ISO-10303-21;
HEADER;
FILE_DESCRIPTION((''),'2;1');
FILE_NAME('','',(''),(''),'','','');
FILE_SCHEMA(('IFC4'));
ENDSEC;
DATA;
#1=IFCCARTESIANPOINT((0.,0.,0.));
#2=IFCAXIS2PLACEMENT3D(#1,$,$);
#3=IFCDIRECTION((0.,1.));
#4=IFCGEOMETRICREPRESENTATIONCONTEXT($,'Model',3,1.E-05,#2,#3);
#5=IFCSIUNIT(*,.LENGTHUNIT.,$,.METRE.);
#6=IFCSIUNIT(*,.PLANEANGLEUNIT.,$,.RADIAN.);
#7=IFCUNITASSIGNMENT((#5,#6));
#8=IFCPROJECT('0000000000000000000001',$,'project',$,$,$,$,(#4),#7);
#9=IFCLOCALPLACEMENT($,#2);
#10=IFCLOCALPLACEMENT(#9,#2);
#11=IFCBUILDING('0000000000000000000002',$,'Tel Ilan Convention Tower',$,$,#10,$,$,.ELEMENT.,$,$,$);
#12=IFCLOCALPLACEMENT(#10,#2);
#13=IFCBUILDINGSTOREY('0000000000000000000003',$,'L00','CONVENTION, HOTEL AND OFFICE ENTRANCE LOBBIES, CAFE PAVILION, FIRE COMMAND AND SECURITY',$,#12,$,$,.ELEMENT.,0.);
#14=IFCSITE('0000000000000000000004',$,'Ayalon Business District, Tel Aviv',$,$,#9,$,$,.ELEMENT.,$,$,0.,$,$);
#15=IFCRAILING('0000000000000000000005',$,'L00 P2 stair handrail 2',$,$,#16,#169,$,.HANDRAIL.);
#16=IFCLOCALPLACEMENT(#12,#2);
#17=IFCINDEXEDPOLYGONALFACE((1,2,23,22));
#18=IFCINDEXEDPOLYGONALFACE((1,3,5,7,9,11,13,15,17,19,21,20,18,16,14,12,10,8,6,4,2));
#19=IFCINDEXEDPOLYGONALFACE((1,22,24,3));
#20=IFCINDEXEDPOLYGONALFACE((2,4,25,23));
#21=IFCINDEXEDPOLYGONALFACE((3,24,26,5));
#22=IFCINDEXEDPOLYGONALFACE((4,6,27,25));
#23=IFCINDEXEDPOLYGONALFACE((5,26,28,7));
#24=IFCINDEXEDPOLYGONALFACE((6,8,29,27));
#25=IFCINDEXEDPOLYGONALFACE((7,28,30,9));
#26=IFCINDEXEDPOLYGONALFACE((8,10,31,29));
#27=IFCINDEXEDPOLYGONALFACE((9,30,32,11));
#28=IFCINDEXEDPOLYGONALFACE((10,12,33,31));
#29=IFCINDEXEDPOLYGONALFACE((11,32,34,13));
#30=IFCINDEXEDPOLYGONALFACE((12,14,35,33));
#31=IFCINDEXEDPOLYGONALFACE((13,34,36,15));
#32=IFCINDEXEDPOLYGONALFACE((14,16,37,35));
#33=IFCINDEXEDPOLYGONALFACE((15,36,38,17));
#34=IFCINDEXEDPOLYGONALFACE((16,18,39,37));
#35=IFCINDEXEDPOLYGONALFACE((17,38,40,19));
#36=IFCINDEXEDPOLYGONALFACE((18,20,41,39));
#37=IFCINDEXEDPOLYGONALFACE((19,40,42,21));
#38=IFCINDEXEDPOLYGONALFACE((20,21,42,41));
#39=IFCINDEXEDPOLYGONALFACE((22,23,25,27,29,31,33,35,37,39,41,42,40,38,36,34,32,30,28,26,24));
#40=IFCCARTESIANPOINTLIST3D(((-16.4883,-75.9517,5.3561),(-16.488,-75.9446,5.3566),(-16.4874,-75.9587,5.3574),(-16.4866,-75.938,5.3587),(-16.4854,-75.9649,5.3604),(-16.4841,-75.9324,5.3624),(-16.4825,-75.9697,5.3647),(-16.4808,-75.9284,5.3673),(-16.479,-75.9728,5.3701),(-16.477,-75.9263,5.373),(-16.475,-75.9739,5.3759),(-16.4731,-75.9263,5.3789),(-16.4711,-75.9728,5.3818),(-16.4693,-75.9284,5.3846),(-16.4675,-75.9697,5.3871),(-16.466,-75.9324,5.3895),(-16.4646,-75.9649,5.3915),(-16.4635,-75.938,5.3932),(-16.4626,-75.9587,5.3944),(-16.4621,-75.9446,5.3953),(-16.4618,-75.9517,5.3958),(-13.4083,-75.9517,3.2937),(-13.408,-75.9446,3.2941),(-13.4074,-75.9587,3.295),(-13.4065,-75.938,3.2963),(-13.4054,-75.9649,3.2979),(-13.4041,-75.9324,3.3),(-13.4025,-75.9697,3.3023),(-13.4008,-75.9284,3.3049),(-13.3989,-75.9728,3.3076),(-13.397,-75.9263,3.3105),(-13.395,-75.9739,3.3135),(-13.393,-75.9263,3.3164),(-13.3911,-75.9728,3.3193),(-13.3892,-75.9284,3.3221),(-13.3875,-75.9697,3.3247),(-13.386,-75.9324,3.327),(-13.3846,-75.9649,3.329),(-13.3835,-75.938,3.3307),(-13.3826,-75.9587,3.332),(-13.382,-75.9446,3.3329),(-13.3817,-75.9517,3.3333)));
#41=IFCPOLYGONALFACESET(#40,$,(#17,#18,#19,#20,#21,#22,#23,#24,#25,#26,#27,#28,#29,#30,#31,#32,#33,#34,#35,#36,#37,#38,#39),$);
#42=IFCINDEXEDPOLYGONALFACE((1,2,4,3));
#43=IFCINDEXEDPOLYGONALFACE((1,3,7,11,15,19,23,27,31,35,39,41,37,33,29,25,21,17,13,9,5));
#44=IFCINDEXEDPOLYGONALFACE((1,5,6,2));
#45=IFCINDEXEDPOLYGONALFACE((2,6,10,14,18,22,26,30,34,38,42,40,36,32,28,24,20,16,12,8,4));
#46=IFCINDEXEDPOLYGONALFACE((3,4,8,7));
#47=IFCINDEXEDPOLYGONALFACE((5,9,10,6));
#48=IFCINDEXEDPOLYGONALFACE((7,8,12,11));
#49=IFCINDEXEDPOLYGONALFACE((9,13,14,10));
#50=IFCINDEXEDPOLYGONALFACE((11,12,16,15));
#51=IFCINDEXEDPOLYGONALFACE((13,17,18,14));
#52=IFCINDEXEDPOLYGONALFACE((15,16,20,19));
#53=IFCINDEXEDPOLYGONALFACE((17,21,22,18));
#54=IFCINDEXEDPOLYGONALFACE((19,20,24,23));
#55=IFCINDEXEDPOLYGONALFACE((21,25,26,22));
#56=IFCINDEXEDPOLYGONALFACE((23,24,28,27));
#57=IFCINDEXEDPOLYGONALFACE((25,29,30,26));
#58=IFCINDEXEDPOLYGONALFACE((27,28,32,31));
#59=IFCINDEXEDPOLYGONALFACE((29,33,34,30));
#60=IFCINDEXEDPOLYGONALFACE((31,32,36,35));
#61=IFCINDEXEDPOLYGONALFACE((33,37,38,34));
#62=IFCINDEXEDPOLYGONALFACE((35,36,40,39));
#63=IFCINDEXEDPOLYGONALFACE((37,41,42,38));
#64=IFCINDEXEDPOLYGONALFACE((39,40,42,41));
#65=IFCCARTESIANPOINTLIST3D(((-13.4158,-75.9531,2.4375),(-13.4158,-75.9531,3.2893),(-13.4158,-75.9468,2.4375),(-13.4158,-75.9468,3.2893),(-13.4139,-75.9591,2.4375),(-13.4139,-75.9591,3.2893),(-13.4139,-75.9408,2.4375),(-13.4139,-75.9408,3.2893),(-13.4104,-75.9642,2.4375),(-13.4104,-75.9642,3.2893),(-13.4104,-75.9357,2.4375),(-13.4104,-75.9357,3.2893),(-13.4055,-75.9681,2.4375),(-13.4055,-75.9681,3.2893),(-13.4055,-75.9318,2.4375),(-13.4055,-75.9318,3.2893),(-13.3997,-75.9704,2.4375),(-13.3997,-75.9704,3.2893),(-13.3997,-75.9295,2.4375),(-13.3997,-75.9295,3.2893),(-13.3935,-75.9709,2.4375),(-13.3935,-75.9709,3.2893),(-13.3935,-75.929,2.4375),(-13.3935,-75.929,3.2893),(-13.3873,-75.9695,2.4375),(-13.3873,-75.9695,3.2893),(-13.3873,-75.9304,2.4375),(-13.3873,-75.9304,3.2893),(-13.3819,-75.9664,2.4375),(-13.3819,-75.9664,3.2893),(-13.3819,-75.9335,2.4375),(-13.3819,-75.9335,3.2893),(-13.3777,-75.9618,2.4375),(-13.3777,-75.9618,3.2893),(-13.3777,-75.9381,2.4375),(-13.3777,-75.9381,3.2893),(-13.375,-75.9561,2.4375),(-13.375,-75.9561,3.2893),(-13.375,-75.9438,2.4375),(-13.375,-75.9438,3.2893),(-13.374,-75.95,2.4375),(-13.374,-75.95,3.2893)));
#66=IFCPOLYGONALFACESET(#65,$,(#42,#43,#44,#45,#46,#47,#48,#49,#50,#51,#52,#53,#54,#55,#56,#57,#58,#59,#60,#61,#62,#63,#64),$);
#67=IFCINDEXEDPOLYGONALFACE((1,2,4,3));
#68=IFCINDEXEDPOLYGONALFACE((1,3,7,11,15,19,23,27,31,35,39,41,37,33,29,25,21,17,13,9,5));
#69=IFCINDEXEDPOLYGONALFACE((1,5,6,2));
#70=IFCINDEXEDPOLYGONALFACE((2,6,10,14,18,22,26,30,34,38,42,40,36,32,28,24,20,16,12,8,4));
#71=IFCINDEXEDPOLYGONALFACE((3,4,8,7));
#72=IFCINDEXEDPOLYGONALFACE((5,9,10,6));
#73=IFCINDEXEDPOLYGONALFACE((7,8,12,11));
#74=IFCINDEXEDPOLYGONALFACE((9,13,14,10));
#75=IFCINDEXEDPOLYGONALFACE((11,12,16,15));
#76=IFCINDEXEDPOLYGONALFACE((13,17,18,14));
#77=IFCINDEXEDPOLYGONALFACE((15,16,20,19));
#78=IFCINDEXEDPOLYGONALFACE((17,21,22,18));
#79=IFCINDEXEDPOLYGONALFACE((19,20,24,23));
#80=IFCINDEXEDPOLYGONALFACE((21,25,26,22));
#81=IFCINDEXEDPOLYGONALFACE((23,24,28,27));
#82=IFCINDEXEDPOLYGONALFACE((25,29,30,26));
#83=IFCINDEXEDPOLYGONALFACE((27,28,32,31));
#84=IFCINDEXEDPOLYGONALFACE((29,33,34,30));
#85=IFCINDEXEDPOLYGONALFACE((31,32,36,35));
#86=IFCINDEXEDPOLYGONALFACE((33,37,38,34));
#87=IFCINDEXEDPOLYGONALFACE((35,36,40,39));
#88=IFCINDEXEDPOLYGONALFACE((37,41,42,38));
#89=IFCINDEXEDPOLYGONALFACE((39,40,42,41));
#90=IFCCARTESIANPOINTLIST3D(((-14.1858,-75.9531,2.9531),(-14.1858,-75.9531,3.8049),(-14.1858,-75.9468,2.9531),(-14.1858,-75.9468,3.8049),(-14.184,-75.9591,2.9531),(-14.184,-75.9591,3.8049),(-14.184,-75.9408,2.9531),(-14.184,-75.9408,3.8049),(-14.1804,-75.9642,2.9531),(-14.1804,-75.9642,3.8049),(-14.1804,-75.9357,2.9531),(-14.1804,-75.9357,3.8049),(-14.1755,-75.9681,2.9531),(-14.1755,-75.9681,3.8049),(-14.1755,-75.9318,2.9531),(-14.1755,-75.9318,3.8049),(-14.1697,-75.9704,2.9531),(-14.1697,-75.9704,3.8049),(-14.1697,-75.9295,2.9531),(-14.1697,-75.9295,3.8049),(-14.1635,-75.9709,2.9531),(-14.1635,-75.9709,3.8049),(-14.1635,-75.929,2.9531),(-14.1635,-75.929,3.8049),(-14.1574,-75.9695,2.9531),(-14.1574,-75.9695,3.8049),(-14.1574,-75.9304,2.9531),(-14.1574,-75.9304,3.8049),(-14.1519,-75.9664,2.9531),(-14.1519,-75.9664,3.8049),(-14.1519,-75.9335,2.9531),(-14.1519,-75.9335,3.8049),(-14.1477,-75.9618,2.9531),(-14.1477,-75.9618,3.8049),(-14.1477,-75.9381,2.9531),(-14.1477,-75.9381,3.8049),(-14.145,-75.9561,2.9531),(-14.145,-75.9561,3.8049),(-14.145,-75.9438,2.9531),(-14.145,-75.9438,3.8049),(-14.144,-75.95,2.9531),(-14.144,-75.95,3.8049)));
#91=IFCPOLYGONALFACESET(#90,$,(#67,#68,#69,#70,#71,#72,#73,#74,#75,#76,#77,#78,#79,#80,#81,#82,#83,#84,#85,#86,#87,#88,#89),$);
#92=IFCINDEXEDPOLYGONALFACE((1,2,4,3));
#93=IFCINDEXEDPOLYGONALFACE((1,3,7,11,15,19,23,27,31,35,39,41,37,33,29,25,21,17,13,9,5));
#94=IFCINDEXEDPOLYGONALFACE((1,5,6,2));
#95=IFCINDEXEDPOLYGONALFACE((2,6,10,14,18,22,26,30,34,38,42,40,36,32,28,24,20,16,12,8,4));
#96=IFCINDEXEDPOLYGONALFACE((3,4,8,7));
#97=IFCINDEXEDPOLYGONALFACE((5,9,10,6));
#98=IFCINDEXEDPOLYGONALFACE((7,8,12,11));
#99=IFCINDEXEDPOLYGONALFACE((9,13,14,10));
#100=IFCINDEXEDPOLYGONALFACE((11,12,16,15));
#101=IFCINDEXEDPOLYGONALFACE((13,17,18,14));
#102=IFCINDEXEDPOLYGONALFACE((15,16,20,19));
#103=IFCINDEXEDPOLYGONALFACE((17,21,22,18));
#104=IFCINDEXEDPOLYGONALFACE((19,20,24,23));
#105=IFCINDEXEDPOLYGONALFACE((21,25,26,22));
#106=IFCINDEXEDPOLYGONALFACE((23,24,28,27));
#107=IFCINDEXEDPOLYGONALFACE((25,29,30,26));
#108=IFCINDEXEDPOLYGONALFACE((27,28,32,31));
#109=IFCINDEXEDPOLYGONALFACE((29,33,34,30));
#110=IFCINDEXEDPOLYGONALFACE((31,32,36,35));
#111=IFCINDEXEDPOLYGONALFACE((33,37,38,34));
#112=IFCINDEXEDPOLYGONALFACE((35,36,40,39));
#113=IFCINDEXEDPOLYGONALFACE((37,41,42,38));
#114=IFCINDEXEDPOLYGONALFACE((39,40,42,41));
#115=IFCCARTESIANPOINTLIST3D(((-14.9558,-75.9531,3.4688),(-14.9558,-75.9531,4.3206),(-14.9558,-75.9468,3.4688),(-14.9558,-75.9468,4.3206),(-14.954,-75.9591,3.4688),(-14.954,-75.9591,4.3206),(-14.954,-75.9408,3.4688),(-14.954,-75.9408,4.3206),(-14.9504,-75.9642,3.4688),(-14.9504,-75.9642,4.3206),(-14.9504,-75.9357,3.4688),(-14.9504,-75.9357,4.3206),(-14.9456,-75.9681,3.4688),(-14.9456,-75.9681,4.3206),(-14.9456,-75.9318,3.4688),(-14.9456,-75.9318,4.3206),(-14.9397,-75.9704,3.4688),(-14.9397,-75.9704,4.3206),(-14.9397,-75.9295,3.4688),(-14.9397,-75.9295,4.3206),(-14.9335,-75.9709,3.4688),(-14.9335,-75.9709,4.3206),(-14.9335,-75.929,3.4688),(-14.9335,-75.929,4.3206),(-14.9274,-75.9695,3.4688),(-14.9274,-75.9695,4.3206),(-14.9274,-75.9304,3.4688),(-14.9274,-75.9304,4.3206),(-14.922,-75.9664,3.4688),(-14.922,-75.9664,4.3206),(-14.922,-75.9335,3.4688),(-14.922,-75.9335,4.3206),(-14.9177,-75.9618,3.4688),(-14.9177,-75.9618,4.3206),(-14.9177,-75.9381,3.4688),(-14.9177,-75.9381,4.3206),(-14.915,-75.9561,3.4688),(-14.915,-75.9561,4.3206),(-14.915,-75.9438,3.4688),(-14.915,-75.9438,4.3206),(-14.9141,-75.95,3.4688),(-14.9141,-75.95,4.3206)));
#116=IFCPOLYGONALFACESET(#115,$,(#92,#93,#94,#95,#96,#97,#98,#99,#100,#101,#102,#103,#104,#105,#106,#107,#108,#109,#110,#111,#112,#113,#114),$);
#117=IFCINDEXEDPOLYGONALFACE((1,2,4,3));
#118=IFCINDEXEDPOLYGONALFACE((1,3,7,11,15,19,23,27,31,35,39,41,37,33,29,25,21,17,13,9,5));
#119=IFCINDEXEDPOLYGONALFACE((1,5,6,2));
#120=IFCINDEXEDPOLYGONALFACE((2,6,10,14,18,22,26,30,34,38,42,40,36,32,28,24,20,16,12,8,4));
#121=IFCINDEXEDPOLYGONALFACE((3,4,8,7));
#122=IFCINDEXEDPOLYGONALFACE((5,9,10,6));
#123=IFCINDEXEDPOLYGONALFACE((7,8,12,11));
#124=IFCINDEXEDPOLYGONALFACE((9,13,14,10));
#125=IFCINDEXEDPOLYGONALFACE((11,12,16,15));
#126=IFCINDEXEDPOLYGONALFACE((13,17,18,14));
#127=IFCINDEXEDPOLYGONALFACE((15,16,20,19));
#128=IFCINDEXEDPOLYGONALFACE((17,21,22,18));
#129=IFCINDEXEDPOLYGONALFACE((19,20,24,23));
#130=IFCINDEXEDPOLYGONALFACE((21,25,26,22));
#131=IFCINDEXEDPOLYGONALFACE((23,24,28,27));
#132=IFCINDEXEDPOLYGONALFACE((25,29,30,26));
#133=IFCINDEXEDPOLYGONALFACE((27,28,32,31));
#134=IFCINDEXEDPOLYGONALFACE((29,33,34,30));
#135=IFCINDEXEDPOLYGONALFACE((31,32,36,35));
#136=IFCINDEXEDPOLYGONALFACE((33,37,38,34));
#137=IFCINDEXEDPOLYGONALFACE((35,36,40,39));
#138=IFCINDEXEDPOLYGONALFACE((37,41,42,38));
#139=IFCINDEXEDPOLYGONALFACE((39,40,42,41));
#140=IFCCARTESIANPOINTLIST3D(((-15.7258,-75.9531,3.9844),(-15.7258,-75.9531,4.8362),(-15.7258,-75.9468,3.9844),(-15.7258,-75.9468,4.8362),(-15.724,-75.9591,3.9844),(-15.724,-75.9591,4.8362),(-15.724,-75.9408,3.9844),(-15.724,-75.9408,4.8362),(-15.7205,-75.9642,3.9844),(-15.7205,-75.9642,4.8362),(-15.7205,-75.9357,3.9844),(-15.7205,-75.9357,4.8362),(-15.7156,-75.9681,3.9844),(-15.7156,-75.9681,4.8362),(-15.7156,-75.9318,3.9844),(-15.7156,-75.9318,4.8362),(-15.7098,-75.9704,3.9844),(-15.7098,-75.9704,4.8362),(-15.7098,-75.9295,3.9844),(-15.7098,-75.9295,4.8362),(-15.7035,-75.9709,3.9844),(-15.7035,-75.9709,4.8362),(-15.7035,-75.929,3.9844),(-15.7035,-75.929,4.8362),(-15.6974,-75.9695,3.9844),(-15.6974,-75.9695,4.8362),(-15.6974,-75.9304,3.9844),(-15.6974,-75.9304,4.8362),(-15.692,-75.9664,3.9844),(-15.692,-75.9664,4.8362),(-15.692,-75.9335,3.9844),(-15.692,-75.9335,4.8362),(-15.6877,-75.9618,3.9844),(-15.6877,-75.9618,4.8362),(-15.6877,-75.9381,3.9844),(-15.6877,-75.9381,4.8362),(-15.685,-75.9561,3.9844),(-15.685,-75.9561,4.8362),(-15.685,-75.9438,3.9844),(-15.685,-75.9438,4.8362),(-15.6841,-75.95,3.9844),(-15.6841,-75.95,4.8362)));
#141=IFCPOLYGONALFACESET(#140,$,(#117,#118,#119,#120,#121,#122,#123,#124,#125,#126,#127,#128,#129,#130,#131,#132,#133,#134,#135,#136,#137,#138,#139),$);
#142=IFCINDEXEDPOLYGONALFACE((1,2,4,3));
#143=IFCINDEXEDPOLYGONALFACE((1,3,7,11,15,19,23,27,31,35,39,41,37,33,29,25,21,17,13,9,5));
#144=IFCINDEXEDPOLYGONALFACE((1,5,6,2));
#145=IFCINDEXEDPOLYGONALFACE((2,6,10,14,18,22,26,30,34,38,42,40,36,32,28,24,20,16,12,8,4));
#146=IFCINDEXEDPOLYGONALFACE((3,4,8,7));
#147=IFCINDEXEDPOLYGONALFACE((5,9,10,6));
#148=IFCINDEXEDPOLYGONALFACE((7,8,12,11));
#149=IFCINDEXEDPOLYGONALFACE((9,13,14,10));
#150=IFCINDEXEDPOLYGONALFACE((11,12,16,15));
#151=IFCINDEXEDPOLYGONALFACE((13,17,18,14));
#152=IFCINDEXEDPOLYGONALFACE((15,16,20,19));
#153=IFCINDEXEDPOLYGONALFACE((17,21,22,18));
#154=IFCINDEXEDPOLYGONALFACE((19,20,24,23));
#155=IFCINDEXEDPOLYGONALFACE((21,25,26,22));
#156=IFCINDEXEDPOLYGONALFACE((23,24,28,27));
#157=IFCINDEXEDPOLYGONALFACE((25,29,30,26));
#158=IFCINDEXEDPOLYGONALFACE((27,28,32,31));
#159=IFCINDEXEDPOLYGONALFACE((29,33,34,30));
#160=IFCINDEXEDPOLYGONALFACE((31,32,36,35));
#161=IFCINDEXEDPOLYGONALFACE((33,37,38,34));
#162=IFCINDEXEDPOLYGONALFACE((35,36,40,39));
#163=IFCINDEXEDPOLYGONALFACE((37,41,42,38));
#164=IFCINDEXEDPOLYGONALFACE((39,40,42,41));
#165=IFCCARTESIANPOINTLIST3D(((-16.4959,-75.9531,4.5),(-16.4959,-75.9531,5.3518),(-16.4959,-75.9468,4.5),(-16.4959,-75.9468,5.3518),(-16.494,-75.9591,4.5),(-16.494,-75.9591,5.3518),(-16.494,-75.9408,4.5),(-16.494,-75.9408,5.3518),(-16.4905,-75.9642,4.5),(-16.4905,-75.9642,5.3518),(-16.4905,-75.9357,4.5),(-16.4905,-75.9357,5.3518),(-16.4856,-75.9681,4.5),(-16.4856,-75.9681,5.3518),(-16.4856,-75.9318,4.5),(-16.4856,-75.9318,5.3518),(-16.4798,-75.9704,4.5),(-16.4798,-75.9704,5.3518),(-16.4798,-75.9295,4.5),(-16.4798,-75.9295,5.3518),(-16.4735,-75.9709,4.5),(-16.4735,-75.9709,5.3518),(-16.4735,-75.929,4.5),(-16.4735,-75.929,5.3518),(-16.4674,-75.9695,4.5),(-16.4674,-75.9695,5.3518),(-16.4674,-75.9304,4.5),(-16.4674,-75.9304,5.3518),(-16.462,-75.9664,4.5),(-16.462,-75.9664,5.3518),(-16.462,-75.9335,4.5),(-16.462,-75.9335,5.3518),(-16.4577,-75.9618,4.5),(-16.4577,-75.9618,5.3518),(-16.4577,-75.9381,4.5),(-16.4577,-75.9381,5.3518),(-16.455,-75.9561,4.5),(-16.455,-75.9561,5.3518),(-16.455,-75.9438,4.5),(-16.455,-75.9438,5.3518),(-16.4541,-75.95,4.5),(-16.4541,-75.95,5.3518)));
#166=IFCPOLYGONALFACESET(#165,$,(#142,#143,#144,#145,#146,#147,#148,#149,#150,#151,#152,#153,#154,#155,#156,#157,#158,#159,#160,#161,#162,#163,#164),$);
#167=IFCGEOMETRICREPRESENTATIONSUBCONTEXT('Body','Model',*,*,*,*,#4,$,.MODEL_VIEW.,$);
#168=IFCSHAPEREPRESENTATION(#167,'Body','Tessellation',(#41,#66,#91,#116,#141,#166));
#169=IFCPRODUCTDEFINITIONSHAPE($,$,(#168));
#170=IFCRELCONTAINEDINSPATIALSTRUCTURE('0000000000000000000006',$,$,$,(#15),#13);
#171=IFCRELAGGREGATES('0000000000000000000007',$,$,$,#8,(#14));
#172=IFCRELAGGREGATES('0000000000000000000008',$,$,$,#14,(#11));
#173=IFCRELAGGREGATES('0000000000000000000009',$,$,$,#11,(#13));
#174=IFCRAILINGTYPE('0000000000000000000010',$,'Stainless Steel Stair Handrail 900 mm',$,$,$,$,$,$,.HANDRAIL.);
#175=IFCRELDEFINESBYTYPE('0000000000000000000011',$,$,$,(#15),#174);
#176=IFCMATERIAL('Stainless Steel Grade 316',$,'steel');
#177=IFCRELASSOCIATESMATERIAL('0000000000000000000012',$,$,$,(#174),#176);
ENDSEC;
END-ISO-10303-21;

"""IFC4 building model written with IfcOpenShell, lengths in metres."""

from ifc_helpers import new_model, si_unit, direction, frame, origin, origin_2d, place, context, subcontext, project, spatial, circle, extrude, material, type_object, element, save


model = new_model("IFC4")

# Units and contexts
model_context = context("Model", 3, precision=1e-05, world=origin(), true_north=direction((0.0, 1.0)))
body_context = subcontext(model_context, "Body", "Model", "MODEL_VIEW")
ifc_project = project(units=[si_unit("LENGTHUNIT", "METRE"), si_unit("PLANEANGLEUNIT", "RADIAN")], contexts=[model_context])

# Site, building, storey
site_placement = place(None, origin())
site = spatial("IfcSite", under=ifc_project, at=site_placement, Name="Ayalon Business District, Tel Aviv", CompositionType="ELEMENT", RefElevation=0.0)
building_placement = place(site_placement, origin())
building = spatial("IfcBuilding", under=site, at=building_placement, Name="Tel Ilan Convention Tower", CompositionType="ELEMENT")
storey_placement = place(building_placement, origin())
storey = spatial("IfcBuildingStorey", under=building, at=storey_placement, Name="L00", Description="CONVENTION, HOTEL AND OFFICE ENTRANCE LOBBIES, CAFE PAVILION, FIRE COMMAND AND SECURITY", CompositionType="ELEMENT", Elevation=0.0)

# Railing
ifc_material_1 = material(Name="Stainless Steel Grade 316", Category="steel")
railing_type_1 = type_object("IfcRailingType", Name="Stainless Steel Stair Handrail 900 mm", PredefinedType="HANDRAIL", material=ifc_material_1)
railing_1_placement = place(storey_placement, frame((-13.395, -75.95, 2.4375)))
element("IfcRailing", 1, at=railing_1_placement, inside=storey, type_object=railing_type_1, Name="L00 P2 stair handrail 2", PredefinedType="HANDRAIL", context=body_context, shape_type="SweptSolid", body=[
    extrude(circle(Radius=0.0239, at=origin_2d()), frame((0.0, 0.0, 0.876), z_axis=(-0.830914, 0.0, 0.556401), x_axis=(0.0, -1.0, 0.0)), (0.0, 0.0, 1.0), 3.7068),
    extrude(circle(Radius=0.021, at=origin_2d()), origin(), (0.0, 0.0, 1.0), 0.8518),
    extrude(circle(Radius=0.021, at=origin_2d()), frame((-0.77, 0.0, 0.5156)), (0.0, 0.0, 1.0), 0.8518),
    extrude(circle(Radius=0.021, at=origin_2d()), frame((-1.54, 0.0, 1.0312)), (0.0, 0.0, 1.0), 0.8518),
    extrude(circle(Radius=0.021, at=origin_2d()), frame((-2.3101, 0.0, 1.5469)), (0.0, 0.0, 1.0), 0.8518),
    extrude(circle(Radius=0.021, at=origin_2d()), frame((-3.0801, 0.0, 2.0625)), (0.0, 0.0, 1.0), 0.8518),
])

save(model, "model.ifc")
